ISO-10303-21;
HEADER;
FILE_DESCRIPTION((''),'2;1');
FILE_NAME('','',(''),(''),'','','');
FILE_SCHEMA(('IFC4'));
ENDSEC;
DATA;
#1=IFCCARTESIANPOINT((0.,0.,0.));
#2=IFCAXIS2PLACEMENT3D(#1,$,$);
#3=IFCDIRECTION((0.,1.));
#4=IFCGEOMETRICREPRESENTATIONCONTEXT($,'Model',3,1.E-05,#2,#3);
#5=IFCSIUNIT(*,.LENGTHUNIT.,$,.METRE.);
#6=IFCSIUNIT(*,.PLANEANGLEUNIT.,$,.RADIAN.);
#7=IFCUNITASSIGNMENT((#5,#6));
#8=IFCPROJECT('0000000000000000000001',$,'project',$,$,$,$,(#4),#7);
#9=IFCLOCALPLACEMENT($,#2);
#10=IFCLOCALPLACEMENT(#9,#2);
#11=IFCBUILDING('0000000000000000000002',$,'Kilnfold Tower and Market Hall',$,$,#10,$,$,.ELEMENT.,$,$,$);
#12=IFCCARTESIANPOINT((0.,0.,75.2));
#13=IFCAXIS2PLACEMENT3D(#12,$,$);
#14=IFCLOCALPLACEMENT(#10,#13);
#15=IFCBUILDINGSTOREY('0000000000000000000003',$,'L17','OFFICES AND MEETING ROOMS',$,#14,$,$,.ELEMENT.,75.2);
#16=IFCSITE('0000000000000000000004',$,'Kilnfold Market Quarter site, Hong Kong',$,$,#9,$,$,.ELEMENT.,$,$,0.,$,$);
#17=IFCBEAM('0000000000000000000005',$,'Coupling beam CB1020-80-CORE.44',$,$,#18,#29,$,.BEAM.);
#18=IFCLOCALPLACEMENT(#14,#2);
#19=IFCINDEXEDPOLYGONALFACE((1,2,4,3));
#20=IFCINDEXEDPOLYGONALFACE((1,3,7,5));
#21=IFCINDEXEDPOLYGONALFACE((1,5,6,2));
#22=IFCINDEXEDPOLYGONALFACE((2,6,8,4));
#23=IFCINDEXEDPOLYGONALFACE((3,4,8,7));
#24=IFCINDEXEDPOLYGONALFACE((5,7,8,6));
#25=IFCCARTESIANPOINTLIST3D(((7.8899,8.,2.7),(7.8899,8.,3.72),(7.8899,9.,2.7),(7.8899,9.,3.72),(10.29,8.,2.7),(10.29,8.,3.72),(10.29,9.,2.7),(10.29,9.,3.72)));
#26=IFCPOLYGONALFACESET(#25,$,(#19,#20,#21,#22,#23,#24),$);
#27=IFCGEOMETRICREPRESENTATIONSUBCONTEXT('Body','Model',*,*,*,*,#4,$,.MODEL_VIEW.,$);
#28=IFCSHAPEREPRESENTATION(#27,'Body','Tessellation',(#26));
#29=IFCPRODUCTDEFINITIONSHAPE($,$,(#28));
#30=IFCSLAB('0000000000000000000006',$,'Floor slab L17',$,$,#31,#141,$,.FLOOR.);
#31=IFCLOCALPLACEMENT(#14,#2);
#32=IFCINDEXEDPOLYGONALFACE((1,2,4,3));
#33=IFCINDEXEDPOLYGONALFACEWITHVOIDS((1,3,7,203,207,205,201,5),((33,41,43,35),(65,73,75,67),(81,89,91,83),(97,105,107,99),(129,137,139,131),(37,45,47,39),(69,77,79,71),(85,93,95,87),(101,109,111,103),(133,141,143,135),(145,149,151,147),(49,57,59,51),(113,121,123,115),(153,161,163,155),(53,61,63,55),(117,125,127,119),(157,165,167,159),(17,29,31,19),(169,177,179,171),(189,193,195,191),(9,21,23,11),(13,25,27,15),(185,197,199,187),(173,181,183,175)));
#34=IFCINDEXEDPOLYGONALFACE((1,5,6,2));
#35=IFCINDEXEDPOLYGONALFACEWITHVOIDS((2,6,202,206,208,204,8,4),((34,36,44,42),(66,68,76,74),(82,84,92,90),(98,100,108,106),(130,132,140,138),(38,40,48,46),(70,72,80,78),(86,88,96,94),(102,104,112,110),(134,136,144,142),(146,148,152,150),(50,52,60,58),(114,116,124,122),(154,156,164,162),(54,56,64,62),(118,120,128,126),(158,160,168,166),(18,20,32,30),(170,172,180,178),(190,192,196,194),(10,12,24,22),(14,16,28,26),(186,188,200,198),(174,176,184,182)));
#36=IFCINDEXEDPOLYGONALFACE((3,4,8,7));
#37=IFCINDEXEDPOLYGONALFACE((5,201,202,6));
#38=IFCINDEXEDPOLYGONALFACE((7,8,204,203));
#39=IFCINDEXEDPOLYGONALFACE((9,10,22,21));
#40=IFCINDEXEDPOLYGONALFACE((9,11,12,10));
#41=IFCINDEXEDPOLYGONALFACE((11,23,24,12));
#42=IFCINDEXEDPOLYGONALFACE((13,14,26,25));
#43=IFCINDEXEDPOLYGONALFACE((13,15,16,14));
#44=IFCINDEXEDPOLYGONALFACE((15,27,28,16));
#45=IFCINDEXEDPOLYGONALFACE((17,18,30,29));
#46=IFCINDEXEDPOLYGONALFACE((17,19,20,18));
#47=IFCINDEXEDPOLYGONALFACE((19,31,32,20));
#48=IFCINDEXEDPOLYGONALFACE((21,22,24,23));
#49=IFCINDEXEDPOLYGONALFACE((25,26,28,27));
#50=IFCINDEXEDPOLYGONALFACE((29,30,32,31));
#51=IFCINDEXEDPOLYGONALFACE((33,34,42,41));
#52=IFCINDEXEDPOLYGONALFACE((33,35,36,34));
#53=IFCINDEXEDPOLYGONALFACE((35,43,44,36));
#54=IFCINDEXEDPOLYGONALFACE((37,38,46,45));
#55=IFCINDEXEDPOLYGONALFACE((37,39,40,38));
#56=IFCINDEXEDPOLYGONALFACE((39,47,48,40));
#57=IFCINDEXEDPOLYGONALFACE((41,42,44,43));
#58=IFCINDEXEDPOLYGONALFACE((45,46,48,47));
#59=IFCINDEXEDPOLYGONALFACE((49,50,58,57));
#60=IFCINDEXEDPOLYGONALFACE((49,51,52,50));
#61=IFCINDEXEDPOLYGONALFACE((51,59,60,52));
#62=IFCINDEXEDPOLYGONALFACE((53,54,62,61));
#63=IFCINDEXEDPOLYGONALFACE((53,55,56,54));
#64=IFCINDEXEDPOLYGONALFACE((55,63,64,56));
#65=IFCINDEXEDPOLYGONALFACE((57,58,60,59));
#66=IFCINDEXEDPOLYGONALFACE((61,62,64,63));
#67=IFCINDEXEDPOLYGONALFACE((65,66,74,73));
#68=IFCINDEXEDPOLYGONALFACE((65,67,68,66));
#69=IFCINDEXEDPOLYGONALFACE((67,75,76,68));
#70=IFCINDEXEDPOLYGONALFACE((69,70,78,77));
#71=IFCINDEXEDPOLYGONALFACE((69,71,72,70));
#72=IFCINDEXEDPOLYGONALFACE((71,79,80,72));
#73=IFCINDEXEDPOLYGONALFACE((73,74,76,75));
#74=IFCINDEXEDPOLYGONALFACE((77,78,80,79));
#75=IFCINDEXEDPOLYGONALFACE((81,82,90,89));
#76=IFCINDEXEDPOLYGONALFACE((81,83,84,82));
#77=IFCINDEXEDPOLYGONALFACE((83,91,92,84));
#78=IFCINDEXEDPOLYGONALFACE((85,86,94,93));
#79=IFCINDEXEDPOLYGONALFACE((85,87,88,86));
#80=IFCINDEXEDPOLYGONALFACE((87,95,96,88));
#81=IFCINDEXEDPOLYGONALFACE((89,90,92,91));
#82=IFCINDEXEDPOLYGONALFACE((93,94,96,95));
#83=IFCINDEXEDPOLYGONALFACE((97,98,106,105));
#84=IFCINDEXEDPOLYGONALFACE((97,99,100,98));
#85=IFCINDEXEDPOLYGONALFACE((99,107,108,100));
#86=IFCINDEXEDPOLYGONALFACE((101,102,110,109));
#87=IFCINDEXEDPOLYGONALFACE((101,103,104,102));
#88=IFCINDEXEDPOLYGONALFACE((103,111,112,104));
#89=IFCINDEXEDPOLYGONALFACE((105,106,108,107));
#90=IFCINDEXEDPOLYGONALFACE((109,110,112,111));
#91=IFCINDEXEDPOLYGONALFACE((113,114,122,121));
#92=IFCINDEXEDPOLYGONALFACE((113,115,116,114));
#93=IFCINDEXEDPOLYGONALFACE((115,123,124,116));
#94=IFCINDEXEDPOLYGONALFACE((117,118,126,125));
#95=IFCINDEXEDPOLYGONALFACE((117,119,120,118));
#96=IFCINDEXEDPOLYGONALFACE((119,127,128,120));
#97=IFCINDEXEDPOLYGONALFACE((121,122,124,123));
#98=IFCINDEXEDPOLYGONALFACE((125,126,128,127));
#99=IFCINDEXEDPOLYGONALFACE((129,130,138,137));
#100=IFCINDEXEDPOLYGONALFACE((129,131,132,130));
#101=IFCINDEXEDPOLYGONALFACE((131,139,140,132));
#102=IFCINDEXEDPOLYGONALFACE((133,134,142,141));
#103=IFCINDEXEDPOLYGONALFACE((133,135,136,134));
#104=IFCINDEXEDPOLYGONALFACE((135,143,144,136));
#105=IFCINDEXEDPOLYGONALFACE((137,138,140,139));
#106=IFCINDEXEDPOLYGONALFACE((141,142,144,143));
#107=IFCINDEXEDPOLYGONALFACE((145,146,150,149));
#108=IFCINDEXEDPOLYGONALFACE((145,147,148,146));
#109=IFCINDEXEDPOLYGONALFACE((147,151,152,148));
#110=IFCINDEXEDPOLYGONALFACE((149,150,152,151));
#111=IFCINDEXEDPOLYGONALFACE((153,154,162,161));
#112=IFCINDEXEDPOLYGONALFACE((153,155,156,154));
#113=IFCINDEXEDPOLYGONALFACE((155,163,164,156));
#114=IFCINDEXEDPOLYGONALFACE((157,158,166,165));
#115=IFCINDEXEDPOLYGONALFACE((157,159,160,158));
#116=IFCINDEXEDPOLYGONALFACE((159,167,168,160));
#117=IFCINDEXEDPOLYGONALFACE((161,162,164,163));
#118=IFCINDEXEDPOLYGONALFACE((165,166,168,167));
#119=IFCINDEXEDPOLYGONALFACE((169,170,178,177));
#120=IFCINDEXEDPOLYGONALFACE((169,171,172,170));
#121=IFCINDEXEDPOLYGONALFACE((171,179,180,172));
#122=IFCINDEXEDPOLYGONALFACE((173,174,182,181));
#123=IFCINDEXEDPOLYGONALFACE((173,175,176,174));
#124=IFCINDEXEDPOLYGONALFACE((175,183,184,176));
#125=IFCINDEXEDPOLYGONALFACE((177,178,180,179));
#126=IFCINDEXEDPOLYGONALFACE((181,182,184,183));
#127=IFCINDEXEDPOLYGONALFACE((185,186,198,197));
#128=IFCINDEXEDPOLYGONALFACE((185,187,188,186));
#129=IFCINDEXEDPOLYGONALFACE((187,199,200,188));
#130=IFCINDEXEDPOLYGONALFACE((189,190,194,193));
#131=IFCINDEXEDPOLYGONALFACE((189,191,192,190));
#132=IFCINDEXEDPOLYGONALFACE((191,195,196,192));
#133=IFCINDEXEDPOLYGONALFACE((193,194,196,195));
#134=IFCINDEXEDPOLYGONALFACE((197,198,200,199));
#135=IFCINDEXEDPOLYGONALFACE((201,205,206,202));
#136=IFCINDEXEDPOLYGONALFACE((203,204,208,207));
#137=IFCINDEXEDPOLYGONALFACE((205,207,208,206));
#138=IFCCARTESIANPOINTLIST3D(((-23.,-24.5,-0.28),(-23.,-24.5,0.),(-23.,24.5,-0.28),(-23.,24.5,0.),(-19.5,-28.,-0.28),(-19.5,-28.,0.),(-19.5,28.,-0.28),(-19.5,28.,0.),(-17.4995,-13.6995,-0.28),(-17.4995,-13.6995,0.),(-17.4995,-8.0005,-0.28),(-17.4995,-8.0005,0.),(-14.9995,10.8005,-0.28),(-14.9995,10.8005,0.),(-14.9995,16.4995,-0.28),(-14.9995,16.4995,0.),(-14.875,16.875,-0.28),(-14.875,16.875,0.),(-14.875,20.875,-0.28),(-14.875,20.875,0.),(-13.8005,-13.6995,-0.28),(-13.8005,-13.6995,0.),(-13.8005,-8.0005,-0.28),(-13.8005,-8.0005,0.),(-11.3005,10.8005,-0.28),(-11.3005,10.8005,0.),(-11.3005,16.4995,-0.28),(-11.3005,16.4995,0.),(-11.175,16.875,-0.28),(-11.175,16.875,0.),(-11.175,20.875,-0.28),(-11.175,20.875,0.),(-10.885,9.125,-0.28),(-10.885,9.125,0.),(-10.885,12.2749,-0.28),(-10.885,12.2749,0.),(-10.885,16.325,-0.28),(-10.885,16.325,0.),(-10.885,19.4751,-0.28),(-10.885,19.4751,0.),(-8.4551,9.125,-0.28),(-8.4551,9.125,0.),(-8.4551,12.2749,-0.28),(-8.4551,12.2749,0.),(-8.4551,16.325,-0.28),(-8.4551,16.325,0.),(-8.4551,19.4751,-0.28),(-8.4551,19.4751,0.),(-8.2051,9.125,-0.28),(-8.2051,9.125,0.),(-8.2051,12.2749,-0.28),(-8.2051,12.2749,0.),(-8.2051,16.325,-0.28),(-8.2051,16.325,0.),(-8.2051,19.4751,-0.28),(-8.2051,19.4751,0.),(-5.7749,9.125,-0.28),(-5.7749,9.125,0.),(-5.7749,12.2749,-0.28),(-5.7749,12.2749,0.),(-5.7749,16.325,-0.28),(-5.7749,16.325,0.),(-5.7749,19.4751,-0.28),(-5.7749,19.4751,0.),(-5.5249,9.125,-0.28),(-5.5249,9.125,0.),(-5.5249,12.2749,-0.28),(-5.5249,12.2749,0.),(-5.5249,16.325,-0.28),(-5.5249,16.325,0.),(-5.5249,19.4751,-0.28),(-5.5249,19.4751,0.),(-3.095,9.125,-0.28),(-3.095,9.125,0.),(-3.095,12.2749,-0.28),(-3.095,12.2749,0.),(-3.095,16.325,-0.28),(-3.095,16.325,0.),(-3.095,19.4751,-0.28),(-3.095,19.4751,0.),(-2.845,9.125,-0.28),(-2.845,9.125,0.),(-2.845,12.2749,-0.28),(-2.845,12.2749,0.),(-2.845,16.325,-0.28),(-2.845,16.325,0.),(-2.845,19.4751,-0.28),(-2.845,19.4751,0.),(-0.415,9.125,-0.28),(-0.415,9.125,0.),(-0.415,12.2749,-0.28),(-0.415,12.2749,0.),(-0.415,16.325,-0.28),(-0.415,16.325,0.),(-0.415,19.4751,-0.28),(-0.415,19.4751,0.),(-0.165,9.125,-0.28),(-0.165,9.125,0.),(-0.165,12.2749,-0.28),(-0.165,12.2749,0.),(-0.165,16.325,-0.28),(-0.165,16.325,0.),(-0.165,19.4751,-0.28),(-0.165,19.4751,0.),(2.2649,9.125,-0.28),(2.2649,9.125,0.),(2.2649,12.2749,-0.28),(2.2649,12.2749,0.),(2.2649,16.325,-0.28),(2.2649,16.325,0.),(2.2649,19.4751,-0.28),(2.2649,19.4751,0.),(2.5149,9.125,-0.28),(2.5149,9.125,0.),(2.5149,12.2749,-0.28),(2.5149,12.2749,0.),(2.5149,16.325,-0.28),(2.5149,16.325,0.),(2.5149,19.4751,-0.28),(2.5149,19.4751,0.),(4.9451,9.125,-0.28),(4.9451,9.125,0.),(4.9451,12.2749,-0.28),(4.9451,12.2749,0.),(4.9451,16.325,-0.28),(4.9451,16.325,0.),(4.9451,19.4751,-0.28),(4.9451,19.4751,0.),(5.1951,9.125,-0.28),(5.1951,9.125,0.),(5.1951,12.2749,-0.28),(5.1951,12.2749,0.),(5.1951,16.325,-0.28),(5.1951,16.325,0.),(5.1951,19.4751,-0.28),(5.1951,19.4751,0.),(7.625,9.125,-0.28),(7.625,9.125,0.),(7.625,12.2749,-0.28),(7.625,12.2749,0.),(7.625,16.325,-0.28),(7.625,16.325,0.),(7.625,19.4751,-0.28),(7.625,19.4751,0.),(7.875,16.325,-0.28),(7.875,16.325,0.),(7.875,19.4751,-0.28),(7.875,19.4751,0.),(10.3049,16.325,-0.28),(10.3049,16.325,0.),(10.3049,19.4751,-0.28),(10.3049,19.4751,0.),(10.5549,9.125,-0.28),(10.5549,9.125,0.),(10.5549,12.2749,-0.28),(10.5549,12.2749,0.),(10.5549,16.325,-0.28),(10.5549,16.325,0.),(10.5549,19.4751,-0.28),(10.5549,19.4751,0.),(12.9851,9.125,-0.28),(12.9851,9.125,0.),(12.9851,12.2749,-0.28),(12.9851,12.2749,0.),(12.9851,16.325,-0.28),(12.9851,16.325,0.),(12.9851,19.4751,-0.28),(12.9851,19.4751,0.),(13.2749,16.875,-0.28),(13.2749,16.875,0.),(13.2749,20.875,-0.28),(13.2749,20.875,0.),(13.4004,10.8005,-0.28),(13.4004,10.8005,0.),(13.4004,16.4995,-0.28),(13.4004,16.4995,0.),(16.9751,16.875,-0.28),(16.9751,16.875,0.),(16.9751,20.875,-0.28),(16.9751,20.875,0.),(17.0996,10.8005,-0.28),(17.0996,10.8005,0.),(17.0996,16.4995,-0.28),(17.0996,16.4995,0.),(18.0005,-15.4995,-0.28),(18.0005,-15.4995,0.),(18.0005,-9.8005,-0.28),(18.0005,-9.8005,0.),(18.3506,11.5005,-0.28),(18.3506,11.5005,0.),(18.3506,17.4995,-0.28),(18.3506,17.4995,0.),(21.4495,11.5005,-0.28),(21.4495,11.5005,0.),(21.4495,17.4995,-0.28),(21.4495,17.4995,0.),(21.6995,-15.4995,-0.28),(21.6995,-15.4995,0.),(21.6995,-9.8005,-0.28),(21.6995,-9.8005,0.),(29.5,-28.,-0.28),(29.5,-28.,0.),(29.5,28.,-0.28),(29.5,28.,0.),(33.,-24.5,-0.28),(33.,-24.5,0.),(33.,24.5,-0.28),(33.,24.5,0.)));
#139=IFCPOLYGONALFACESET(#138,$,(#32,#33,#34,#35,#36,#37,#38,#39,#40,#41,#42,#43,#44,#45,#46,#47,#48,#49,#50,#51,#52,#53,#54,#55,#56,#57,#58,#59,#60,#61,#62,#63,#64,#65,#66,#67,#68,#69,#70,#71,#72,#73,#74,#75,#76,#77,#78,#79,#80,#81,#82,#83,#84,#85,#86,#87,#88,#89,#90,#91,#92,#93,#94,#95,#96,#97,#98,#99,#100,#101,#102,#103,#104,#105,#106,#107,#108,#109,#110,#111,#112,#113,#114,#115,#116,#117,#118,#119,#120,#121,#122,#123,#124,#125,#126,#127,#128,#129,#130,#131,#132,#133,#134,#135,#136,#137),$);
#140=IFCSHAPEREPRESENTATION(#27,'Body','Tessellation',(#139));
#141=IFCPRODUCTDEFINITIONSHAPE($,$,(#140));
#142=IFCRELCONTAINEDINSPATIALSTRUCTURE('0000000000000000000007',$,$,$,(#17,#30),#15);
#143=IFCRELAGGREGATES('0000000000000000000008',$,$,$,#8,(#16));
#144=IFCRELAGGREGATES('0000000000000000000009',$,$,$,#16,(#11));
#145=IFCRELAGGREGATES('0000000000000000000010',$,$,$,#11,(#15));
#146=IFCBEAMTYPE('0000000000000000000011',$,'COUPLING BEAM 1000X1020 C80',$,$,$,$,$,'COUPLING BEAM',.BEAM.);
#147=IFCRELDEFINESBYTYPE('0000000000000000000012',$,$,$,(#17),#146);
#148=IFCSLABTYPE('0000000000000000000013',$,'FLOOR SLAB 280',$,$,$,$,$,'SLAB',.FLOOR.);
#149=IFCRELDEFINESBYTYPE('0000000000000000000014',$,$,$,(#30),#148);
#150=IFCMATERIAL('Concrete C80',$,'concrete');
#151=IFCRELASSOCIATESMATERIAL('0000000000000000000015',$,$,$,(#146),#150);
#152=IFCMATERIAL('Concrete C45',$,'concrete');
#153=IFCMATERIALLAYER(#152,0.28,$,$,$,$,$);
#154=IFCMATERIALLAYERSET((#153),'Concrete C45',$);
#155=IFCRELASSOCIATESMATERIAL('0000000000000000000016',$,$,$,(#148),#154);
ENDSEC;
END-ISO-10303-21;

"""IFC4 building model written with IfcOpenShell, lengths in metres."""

from ifc_helpers import new_model, si_unit, direction, frame, origin, origin_2d, place, context, subcontext, project, spatial, polyline, rectangle, outline, extrude, source, transform, mapped, material, layer, layer_set, material_profile, profile_set, type_object, element, save


model = new_model("IFC4")

# Units and contexts
model_context = context("Model", 3, precision=1e-05, world=origin(), true_north=direction((0.0, 1.0)))
body_context = subcontext(model_context, "Body", "Model", "MODEL_VIEW")
ifc_project = project(units=[si_unit("LENGTHUNIT", "METRE"), si_unit("PLANEANGLEUNIT", "RADIAN")], contexts=[model_context])

# Site, building, storey
site_placement = place(None, origin())
site = spatial("IfcSite", under=ifc_project, at=site_placement, Name="Kilnfold Market Quarter site, Hong Kong", CompositionType="ELEMENT", RefElevation=0.0)
building_placement = place(site_placement, origin())
building = spatial("IfcBuilding", under=site, at=building_placement, Name="Kilnfold Tower and Market Hall", CompositionType="ELEMENT")
storey_placement = place(building_placement, frame((0.0, 0.0, 75.2)))
storey = spatial("IfcBuildingStorey", under=building, at=storey_placement, Name="L17", Description="OFFICES AND MEETING ROOMS", CompositionType="ELEMENT", Elevation=75.2)

# Beam
ifc_material_1 = material(Name="Concrete C80", Category="concrete")
ifc_material_profile = material_profile(ifc_material_1, rectangle(XDim=1.0, YDim=1.02, at=origin_2d()), Name="RC 1000x1020")
ifc_profile_set = profile_set([ifc_material_profile], Name="Concrete C80")
beam_type = type_object("IfcBeamType", Name="COUPLING BEAM 1000X1020 C80", ElementType="COUPLING BEAM", PredefinedType="BEAM", material=ifc_profile_set)
shared_shape_1 = source(origin(), body_context, "Body", "SweptSolid", [
    extrude(rectangle(XDim=1.0, YDim=1.02, at=origin_2d()), origin(), (0.0, 0.0, 1.0), 2.4001),
])
beam_placement = place(storey_placement, frame((7.8899, 8.5, 3.21), z_axis=(1.0, 0.0, 0.0), x_axis=(0.0, 1.0, 0.0)))
element("IfcBeam", 1, at=beam_placement, inside=storey, type_object=beam_type, Name="Coupling beam CB1020-80-CORE.44", PredefinedType="BEAM", context=body_context, shape_type="MappedRepresentation", body=[
    mapped(shared_shape_1, transform((0.0, 0.0, 0.0))),
])

# Slab
ifc_material_2 = material(Name="Concrete C45", Category="concrete")
ifc_layer_1 = layer(ifc_material_2, 0.28)
ifc_layer_set_1 = layer_set([ifc_layer_1], Name="Concrete C45")
slab_type_1 = type_object("IfcSlabType", Name="FLOOR SLAB 280", ElementType="SLAB", PredefinedType="FLOOR", material=ifc_layer_set_1)
shared_shape_2 = source(origin(), body_context, "Body", "SweptSolid", [
    extrude(outline(polyline([(-19.5, -28.0), (29.5, -28.0), (33.0, -24.5), (33.0, 24.5), (29.5, 28.0), (-19.5, 28.0), (-23.0, 24.5), (-23.0, -24.5), (-19.5, -28.0)]), holes=[polyline([(-13.8005, -13.6995), (-17.4995, -13.6995), (-17.4995, -8.0005), (-13.8005, -8.0005), (-13.8005, -13.6995)]), polyline([(-14.9995, 10.8005), (-14.9995, 16.4995), (-11.3005, 16.4995), (-11.3005, 10.8005), (-14.9995, 10.8005)]), polyline([(-14.875, 16.875), (-14.875, 20.875), (-11.175, 20.875), (-11.175, 16.875), (-14.875, 16.875)]), polyline([(-10.885, 9.125), (-10.885, 12.2749), (-8.4551, 12.2749), (-8.4551, 9.125), (-10.885, 9.125)]), polyline([(-8.4551, 16.325), (-10.885, 16.325), (-10.885, 19.4751), (-8.4551, 19.4751), (-8.4551, 16.325)]), polyline([(-8.2051, 9.125), (-8.2051, 12.2749), (-5.7749, 12.2749), (-5.7749, 9.125), (-8.2051, 9.125)]), polyline([(-8.2051, 16.325), (-8.2051, 19.4751), (-5.7749, 19.4751), (-5.7749, 16.325), (-8.2051, 16.325)]), polyline([(-3.095, 9.125), (-5.5249, 9.125), (-5.5249, 12.2749), (-3.095, 12.2749), (-3.095, 9.125)]), polyline([(-5.5249, 16.325), (-5.5249, 19.4751), (-3.095, 19.4751), (-3.095, 16.325), (-5.5249, 16.325)]), polyline([(-2.845, 9.125), (-2.845, 12.2749), (-0.415, 12.2749), (-0.415, 9.125), (-2.845, 9.125)]), polyline([(-0.415, 16.325), (-2.845, 16.325), (-2.845, 19.4751), (-0.415, 19.4751), (-0.415, 16.325)]), polyline([(-0.165, 9.125), (-0.165, 12.2749), (2.2649, 12.2749), (2.2649, 9.125), (-0.165, 9.125)]), polyline([(-0.165, 16.325), (-0.165, 19.4751), (2.2649, 19.4751), (2.2649, 16.325), (-0.165, 16.325)]), polyline([(2.5149, 9.125), (2.5149, 12.2749), (4.9451, 12.2749), (4.9451, 9.125), (2.5149, 9.125)]), polyline([(2.5149, 16.325), (2.5149, 19.4751), (4.9451, 19.4751), (4.9451, 16.325), (2.5149, 16.325)]), polyline([(7.625, 9.125), (5.1951, 9.125), (5.1951, 12.2749), (7.625, 12.2749), (7.625, 9.125)]), polyline([(5.1951, 16.325), (5.1951, 19.4751), (7.625, 19.4751), (7.625, 16.325), (5.1951, 16.325)]), polyline([(10.3049, 16.325), (7.875, 16.325), (7.875, 19.4751), (10.3049, 19.4751), (10.3049, 16.325)]), polyline([(10.5549, 9.125), (10.5549, 12.2749), (12.9851, 12.2749), (12.9851, 9.125), (10.5549, 9.125)]), polyline([(10.5549, 16.325), (10.5549, 19.4751), (12.9851, 19.4751), (12.9851, 16.325), (10.5549, 16.325)]), polyline([(13.2749, 16.875), (13.2749, 20.875), (16.9751, 20.875), (16.9751, 16.875), (13.2749, 16.875)]), polyline([(13.4004, 10.8005), (13.4004, 16.4995), (17.0996, 16.4995), (17.0996, 10.8005), (13.4004, 10.8005)]), polyline([(18.0005, -9.8005), (21.6995, -9.8005), (21.6995, -15.4995), (18.0005, -15.4995), (18.0005, -9.8005)]), polyline([(21.4495, 11.5005), (18.3506, 11.5005), (18.3506, 17.4995), (21.4495, 17.4995), (21.4495, 11.5005)])]), origin(), (0.0, 0.0, 1.0), 0.28),
])
slab_1_placement = place(storey_placement, frame((0.0, 0.0, -0.28)))
element("IfcSlab", 2, at=slab_1_placement, inside=storey, type_object=slab_type_1, Name="Floor slab L17", PredefinedType="FLOOR", context=body_context, shape_type="MappedRepresentation", body=[
    mapped(shared_shape_2, transform((0.0, 0.0, 0.0))),
])

save(model, "model.ifc")
